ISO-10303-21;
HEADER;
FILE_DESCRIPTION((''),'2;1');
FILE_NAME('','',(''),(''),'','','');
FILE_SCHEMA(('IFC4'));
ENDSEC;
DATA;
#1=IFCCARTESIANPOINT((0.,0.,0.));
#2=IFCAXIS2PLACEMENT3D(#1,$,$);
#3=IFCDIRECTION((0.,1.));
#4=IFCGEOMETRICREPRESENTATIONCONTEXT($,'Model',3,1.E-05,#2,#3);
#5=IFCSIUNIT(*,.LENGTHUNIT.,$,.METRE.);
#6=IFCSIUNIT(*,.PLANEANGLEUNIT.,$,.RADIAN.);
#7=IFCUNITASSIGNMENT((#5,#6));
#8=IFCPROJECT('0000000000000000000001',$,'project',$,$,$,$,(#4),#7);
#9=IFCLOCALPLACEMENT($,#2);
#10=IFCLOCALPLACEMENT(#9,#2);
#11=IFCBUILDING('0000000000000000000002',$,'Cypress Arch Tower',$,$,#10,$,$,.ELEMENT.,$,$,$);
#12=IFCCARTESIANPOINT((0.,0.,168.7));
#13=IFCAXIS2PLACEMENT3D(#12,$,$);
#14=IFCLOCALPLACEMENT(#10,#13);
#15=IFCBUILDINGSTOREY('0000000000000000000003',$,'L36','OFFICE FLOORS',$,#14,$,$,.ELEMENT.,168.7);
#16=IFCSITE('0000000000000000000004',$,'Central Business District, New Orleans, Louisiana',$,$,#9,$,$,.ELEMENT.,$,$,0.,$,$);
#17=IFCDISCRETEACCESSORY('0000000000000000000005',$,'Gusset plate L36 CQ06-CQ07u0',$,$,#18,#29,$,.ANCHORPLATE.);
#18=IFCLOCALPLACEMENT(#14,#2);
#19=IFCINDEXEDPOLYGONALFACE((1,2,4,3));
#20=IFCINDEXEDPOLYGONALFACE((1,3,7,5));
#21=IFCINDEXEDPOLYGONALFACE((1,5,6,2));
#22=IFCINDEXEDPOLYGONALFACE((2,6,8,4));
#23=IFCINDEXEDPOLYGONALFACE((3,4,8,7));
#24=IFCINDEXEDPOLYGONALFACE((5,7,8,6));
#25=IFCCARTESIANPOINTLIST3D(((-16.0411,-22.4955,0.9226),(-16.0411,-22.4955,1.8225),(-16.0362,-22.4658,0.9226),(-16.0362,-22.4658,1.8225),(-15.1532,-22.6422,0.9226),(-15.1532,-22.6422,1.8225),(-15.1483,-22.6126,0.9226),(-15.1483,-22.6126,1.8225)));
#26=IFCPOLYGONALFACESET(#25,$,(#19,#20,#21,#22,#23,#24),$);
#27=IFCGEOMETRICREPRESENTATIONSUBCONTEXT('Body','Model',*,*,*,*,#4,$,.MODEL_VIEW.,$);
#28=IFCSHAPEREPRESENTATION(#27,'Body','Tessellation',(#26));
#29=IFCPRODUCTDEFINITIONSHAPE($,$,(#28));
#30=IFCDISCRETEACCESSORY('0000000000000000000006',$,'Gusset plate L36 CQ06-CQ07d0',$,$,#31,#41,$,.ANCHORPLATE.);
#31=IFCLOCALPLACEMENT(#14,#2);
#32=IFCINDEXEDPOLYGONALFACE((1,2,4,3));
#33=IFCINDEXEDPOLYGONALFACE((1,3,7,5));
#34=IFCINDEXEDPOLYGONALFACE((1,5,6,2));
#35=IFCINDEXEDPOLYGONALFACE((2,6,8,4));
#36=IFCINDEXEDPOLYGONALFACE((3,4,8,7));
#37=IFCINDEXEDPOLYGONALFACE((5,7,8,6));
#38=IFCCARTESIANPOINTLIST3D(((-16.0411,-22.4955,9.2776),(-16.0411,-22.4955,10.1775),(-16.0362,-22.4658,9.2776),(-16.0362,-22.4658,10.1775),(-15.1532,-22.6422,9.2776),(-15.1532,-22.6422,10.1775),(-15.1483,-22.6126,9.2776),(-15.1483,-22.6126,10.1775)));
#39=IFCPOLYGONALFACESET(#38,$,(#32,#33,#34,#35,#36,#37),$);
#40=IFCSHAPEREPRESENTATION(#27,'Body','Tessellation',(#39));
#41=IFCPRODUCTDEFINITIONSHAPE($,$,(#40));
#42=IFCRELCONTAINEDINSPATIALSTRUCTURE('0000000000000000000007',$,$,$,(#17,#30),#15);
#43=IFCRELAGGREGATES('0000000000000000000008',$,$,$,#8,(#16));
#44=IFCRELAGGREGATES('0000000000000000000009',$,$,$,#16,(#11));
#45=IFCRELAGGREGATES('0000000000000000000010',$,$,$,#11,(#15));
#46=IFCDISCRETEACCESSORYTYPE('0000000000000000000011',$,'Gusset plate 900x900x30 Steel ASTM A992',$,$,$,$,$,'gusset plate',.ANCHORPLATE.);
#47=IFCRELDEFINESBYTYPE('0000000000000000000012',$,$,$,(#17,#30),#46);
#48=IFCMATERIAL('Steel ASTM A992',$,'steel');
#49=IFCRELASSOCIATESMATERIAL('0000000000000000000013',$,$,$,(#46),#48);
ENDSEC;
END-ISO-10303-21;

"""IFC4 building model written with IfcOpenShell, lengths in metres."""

from ifc_helpers import new_model, si_unit, direction, frame, origin, origin_2d, place, context, subcontext, project, spatial, rectangle, extrude, material, material_profile, profile_set, type_object, element, save


model = new_model("IFC4")

# Units and contexts
model_context = context("Model", 3, precision=1e-05, world=origin(), true_north=direction((0.0, 1.0)))
body_context = subcontext(model_context, "Body", "Model", "MODEL_VIEW")
ifc_project = project(units=[si_unit("LENGTHUNIT", "METRE"), si_unit("PLANEANGLEUNIT", "RADIAN")], contexts=[model_context])

# Site, building, storey
site_placement = place(None, origin())
site = spatial("IfcSite", under=ifc_project, at=site_placement, Name="Central Business District, New Orleans, Louisiana", CompositionType="ELEMENT", RefElevation=0.0)
building_placement = place(site_placement, origin())
building = spatial("IfcBuilding", under=site, at=building_placement, Name="Cypress Arch Tower", CompositionType="ELEMENT")
storey_placement = place(building_placement, frame((0.0, 0.0, 168.7)))
storey = spatial("IfcBuildingStorey", under=building, at=storey_placement, Name="L36", Description="OFFICE FLOORS", CompositionType="ELEMENT", Elevation=168.7)

# Discrete accessories
ifc_material_1 = material(Name="Steel ASTM A992", Category="steel")
ifc_material_profile_1 = material_profile(ifc_material_1, rectangle(XDim=0.8999, YDim=0.8999, at=origin_2d()), Name="PL 30 900x900")
ifc_profile_set_1 = profile_set([ifc_material_profile_1], Name="Steel ASTM A992")
discrete_accessory_type = type_object("IfcDiscreteAccessoryType", Name="Gusset plate 900x900x30 Steel ASTM A992", ElementType="gusset plate", PredefinedType="ANCHORPLATE", material=ifc_profile_set_1)
for number, where, z_axis, x_axis, name in (
    (1, (-15.5972, -22.5688, 1.3726), (0.163077, 0.986613, 0.0), (-0.986613, 0.163077, 0.0), "Gusset plate L36 CQ06-CQ07u0"),
    (2, (-15.5972, -22.5688, 9.7275), (0.163077, 0.986613, 0.0), (-0.986613, 0.163077, 0.0), "Gusset plate L36 CQ06-CQ07d0"),
):
    element("IfcDiscreteAccessory", number, at=place(storey_placement, frame(where, z_axis=z_axis, x_axis=x_axis)), inside=storey, type_object=discrete_accessory_type, Name=name, PredefinedType="ANCHORPLATE", context=body_context, shape_type="SweptSolid", body=[
        extrude(rectangle(XDim=0.8999, YDim=0.8999, at=origin_2d()), origin(), (0.0, 0.0, 1.0), 0.03),
    ])

save(model, "model.ifc")
